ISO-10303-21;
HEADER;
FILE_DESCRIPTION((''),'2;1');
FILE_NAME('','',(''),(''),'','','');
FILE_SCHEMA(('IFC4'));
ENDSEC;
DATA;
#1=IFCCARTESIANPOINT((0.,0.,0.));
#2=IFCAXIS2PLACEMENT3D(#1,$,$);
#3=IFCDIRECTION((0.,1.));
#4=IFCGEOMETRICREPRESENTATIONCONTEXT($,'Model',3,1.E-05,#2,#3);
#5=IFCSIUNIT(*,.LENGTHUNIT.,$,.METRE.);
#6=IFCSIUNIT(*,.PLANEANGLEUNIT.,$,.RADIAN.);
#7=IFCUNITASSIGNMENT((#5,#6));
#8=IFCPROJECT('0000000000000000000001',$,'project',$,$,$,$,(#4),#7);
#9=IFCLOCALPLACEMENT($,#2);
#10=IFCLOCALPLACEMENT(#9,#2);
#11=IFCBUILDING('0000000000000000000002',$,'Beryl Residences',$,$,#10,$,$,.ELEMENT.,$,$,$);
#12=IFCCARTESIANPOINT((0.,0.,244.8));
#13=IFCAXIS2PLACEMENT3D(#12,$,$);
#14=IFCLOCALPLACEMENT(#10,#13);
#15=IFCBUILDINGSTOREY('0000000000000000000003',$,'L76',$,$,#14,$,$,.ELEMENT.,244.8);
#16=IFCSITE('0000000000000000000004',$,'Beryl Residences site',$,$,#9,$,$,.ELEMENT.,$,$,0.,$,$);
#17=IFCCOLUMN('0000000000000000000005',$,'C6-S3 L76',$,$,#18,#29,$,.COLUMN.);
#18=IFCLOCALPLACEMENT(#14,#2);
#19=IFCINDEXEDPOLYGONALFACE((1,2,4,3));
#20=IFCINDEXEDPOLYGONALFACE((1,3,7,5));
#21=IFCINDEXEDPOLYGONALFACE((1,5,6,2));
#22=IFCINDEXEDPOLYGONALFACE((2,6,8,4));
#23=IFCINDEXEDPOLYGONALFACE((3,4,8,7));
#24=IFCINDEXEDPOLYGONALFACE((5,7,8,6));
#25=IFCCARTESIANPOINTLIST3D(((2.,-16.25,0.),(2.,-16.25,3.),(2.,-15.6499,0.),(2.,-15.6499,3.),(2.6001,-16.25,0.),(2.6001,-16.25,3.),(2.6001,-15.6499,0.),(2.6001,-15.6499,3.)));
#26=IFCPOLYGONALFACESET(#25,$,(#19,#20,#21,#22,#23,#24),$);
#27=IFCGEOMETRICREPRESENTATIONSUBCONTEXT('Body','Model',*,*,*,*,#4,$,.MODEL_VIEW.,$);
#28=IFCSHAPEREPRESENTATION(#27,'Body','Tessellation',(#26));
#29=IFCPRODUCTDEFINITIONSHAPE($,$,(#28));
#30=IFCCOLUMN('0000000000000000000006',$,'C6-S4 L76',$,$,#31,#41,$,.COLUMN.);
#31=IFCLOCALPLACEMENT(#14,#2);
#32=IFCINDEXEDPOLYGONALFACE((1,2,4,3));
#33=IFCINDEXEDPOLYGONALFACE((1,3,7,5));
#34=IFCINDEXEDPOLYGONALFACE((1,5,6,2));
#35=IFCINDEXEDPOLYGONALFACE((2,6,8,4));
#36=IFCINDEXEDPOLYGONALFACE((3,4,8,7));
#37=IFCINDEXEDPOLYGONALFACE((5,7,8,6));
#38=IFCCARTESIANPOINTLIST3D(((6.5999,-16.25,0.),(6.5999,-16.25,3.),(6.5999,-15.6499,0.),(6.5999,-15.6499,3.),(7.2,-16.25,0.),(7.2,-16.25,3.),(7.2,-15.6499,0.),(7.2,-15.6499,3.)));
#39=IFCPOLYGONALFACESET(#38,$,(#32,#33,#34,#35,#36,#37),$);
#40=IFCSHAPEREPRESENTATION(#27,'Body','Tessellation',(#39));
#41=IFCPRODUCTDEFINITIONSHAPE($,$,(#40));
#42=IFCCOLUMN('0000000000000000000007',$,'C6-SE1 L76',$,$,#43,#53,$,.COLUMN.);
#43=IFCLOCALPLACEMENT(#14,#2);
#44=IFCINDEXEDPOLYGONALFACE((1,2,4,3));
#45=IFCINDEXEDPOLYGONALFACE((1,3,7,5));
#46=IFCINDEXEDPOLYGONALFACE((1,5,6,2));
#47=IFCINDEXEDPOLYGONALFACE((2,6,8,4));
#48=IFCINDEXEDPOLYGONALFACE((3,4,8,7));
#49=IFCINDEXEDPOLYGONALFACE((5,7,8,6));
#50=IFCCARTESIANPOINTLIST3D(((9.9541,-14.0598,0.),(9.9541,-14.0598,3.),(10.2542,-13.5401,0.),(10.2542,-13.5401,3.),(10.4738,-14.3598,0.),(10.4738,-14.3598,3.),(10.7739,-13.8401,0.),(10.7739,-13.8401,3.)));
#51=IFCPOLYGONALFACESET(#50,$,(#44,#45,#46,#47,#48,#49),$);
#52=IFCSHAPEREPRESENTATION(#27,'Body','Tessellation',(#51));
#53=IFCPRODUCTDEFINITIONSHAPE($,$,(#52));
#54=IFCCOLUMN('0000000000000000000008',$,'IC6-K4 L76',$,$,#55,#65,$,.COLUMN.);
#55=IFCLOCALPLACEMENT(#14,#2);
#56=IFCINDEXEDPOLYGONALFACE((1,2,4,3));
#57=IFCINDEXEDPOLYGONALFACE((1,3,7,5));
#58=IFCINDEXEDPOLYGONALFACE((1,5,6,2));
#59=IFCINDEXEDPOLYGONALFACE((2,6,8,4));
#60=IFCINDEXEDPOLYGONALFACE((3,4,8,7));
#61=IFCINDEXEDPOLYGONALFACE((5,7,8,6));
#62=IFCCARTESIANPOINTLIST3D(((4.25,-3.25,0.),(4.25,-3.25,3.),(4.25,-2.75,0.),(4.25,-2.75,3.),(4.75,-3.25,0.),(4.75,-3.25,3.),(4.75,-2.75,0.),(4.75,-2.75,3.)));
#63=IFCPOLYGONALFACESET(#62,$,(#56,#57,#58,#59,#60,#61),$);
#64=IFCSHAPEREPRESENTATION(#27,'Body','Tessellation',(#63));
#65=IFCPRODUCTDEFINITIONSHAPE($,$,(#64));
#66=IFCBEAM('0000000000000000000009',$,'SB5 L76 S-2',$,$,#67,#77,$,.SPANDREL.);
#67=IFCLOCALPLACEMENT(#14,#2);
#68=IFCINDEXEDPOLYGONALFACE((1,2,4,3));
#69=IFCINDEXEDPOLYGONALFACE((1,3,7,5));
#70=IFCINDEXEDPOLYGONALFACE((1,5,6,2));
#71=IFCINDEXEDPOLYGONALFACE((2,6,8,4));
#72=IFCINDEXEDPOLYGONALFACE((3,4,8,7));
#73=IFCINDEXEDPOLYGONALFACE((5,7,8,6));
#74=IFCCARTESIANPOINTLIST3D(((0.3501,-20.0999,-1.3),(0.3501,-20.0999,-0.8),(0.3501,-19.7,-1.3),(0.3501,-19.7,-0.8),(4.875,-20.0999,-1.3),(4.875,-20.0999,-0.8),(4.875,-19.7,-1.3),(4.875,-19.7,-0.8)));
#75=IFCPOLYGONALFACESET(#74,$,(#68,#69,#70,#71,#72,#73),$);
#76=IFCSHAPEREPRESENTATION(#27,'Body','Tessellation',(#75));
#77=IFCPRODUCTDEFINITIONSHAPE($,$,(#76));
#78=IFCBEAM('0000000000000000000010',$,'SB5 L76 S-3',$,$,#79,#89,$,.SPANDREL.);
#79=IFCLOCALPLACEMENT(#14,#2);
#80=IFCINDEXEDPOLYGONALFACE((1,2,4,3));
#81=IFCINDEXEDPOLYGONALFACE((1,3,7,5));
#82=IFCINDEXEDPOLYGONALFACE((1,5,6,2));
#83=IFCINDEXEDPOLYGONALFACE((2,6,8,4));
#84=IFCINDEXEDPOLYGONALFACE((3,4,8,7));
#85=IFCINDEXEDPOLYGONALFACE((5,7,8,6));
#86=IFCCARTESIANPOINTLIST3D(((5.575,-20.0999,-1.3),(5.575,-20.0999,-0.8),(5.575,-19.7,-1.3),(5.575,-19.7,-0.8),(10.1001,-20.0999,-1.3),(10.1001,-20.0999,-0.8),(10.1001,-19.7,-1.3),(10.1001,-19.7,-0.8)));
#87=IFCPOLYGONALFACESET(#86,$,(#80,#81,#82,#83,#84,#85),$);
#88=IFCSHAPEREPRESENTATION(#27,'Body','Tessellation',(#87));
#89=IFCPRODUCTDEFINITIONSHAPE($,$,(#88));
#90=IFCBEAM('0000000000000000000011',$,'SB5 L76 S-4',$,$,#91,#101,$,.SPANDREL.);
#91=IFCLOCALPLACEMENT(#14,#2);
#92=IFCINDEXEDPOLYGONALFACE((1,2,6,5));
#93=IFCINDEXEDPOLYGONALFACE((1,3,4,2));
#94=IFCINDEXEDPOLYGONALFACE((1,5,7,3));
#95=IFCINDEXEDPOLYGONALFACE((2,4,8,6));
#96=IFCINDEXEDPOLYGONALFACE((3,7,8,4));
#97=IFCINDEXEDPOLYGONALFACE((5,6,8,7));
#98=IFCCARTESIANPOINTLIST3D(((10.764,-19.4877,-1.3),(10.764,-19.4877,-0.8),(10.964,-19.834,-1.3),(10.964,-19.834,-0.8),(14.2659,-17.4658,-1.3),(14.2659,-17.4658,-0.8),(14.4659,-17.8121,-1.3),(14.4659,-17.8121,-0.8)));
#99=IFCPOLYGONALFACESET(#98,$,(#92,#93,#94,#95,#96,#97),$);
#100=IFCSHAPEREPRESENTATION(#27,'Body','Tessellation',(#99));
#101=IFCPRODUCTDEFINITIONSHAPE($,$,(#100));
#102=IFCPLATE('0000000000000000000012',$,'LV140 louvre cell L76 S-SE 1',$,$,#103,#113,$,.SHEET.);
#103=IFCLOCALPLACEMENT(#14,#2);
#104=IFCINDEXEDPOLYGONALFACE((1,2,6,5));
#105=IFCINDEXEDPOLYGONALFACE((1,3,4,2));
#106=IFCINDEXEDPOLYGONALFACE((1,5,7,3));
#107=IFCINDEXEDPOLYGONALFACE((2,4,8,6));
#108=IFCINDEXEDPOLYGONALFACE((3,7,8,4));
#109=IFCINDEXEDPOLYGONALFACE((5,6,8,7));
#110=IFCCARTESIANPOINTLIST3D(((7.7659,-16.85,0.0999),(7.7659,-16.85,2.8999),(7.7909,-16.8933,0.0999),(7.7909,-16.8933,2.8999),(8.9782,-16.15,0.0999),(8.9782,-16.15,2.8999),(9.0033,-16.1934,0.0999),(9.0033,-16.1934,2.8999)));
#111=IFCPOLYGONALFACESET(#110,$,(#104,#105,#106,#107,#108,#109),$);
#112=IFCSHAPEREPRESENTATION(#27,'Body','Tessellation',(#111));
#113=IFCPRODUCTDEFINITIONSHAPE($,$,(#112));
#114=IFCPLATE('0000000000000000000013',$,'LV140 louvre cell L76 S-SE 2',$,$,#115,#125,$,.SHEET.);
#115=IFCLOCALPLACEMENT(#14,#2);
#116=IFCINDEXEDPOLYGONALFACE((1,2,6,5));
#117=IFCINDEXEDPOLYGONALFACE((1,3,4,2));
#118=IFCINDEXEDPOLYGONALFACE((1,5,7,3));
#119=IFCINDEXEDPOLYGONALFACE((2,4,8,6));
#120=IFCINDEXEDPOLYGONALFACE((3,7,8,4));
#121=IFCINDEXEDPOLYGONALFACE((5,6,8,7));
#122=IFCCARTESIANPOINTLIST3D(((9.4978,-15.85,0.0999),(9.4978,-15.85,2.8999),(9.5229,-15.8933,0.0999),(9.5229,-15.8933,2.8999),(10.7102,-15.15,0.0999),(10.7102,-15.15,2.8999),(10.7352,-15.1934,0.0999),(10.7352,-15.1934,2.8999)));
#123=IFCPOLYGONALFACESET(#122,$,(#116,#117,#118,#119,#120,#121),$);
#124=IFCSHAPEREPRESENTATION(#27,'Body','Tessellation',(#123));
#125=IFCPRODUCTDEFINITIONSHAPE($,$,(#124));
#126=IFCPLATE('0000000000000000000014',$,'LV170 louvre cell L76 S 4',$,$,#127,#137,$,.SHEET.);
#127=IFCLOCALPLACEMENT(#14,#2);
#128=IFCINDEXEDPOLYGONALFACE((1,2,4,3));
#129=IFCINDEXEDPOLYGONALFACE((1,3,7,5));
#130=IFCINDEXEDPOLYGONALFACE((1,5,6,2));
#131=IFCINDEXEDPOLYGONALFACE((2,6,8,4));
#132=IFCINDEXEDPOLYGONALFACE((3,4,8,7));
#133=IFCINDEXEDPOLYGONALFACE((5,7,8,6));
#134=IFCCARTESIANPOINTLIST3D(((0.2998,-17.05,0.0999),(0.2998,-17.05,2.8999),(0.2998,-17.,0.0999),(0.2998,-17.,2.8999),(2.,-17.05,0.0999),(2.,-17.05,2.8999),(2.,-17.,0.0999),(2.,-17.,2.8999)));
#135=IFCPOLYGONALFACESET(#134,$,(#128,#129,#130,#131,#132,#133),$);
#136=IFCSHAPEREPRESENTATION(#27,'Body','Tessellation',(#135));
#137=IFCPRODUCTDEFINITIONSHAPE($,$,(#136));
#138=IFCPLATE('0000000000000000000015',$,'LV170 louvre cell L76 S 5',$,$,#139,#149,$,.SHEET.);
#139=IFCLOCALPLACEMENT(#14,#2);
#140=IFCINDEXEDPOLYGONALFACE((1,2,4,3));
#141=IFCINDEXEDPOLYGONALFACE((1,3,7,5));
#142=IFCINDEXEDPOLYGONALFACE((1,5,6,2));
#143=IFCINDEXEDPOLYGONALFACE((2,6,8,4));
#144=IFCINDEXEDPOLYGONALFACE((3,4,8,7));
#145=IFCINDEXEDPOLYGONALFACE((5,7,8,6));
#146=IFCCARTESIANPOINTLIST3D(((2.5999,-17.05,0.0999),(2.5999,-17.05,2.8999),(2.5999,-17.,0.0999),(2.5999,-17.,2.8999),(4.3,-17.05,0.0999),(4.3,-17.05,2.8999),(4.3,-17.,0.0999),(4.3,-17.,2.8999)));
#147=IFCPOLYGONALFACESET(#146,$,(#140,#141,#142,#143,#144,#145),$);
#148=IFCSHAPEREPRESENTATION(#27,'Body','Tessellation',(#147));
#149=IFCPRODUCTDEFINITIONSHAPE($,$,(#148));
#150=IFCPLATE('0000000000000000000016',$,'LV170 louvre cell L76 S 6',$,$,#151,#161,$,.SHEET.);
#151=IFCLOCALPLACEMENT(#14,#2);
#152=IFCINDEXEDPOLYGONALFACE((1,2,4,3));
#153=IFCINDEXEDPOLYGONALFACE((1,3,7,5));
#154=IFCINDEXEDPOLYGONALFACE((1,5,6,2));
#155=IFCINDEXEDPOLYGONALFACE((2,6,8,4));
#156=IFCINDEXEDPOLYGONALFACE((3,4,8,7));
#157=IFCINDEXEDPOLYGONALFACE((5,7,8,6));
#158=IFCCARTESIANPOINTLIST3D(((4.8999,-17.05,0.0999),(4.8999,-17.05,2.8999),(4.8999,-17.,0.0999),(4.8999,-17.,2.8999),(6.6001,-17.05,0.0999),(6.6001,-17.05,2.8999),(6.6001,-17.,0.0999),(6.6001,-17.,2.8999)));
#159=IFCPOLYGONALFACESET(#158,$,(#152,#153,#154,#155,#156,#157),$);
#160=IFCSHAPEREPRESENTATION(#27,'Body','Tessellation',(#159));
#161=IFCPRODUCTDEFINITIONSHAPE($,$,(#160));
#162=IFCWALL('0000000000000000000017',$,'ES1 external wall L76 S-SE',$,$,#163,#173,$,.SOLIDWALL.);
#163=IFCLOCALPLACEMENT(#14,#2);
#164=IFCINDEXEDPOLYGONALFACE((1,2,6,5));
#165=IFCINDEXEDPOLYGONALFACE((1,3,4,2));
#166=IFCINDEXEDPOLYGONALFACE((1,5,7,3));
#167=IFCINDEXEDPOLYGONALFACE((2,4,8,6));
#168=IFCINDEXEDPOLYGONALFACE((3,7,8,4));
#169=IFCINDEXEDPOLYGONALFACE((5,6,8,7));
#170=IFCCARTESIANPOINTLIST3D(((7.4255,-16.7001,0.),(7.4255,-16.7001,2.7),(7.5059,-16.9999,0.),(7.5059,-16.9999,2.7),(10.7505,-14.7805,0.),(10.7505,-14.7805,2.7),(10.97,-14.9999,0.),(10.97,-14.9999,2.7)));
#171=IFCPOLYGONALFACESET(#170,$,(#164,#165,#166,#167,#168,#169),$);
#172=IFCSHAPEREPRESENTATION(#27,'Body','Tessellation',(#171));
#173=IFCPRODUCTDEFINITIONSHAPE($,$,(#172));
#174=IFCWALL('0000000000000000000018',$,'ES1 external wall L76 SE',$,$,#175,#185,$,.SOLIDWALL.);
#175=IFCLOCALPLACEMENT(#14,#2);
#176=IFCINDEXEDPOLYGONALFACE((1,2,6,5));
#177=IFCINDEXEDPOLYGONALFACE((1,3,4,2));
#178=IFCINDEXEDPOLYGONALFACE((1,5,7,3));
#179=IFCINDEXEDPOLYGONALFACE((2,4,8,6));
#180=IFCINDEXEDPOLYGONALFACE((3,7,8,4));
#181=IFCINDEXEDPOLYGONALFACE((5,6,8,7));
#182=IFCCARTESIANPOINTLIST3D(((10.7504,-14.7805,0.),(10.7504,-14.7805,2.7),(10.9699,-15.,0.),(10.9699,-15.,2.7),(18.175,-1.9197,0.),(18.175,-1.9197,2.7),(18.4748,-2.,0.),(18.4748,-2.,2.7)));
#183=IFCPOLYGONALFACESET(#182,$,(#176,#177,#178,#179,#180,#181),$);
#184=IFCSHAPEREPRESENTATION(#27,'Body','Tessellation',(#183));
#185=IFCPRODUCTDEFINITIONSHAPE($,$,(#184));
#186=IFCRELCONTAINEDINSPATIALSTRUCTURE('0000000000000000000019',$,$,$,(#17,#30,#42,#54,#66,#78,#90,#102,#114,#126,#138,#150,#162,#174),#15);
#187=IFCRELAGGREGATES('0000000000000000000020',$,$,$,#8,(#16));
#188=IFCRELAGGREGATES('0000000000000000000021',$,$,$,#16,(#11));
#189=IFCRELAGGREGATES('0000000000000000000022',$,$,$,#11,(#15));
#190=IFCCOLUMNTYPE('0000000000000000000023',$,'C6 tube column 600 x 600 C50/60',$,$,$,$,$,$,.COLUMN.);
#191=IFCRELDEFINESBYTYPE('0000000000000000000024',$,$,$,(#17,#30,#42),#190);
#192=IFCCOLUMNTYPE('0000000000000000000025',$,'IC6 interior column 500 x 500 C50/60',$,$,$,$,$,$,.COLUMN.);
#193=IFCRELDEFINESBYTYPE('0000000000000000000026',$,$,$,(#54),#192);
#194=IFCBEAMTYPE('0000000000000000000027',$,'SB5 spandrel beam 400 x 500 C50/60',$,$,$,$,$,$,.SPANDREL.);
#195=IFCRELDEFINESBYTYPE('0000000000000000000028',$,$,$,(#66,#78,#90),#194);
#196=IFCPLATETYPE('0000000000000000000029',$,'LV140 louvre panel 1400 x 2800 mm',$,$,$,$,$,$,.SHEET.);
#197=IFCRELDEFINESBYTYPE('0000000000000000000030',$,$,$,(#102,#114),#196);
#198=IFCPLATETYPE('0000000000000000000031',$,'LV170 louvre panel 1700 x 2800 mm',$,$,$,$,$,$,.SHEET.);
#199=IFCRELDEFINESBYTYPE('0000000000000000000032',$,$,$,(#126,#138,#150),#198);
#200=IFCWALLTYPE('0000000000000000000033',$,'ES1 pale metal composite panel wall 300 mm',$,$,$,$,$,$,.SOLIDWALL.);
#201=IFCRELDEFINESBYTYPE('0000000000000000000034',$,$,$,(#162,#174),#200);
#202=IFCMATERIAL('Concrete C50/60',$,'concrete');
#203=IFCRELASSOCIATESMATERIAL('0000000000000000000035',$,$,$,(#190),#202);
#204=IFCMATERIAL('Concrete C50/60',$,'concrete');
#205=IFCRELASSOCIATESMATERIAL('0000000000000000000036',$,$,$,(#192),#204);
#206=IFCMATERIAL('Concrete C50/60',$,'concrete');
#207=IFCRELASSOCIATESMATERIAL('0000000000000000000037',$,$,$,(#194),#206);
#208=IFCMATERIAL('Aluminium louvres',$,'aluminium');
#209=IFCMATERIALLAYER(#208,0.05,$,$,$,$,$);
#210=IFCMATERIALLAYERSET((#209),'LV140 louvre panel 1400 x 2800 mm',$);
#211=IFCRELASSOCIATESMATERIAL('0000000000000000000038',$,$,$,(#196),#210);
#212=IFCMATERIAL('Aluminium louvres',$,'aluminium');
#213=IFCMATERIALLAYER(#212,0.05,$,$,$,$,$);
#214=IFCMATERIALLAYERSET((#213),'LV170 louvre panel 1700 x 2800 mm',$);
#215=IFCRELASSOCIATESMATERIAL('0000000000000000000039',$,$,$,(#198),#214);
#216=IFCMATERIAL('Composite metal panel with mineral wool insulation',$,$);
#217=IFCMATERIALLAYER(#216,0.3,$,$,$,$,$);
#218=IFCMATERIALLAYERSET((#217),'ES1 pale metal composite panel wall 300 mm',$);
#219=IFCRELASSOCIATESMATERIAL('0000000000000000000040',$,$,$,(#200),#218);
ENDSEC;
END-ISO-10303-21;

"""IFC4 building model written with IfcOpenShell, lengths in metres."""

from ifc_helpers import new_model, si_unit, direction, frame, origin, origin_2d, place, context, subcontext, project, spatial, polyline, rectangle, outline, extrude, source, transform, mapped, material, layer, layer_set, material_profile, profile_set, type_object, type_shapes, element, save


model = new_model("IFC4")

# Units and contexts
model_context = context("Model", 3, precision=1e-05, world=origin(), true_north=direction((0.0, 1.0)))
body_context = subcontext(model_context, "Body", "Model", "MODEL_VIEW")
ifc_project = project(units=[si_unit("LENGTHUNIT", "METRE"), si_unit("PLANEANGLEUNIT", "RADIAN")], contexts=[model_context])

# Site, building, storey
site_placement = place(None, origin())
site = spatial("IfcSite", under=ifc_project, at=site_placement, Name="Beryl Residences site", CompositionType="ELEMENT", RefElevation=0.0)
building_placement = place(site_placement, origin())
building = spatial("IfcBuilding", under=site, at=building_placement, Name="Beryl Residences", CompositionType="ELEMENT")
storey_placement = place(building_placement, frame((0.0, 0.0, 244.8)))
storey = spatial("IfcBuildingStorey", under=building, at=storey_placement, Name="L76", CompositionType="ELEMENT", Elevation=244.8)

# Columns
ifc_material_1 = material(Name="Concrete C50/60", Category="concrete")
ifc_material_profile_1 = material_profile(ifc_material_1, rectangle(XDim=0.6001, YDim=0.6001, at=origin_2d()))
ifc_profile_set_1 = profile_set([ifc_material_profile_1], Name="Concrete C50/60")
column_type_1 = type_object("IfcColumnType", Name="C6 tube column 600 x 600 C50/60", PredefinedType="COLUMN", material=ifc_profile_set_1)
for number, where, z_axis, x_axis, name in (
    (1, (2.3, -15.95, 0.0), (0.0, 0.0, 1.0), (1.0, 0.0, 0.0), "C6-S3 L76"),
    (2, (6.8999, -15.95, 0.0), (0.0, 0.0, 1.0), (1.0, 0.0, 0.0), "C6-S4 L76"),
    (3, (10.364, -13.95, 0.0), (0.0, 0.0, 1.0), (0.5, 0.866025, 0.0), "C6-SE1 L76"),
):
    element("IfcColumn", number, at=place(storey_placement, frame(where, z_axis=z_axis, x_axis=x_axis)), inside=storey, type_object=column_type_1, Name=name, PredefinedType="COLUMN", context=body_context, shape_type="SweptSolid", body=[
        extrude(rectangle(XDim=0.6001, YDim=0.6001, at=origin_2d()), origin(), (0.0, 0.0, 1.0), 3.0),
    ])
ifc_material_2 = material(Name="Concrete C50/60", Category="concrete")
ifc_material_profile_2 = material_profile(ifc_material_2, rectangle(XDim=0.5, YDim=0.5, at=origin_2d()))
ifc_profile_set_2 = profile_set([ifc_material_profile_2], Name="Concrete C50/60")
column_type_2 = type_object("IfcColumnType", Name="IC6 interior column 500 x 500 C50/60", PredefinedType="COLUMN", material=ifc_profile_set_2)
column_placement = place(storey_placement, frame((4.5, -3.0, 0.0), z_axis=(0.0, 0.0, 1.0), x_axis=(1.0, 0.0, 0.0)))
element("IfcColumn", 4, at=column_placement, inside=storey, type_object=column_type_2, Name="IC6-K4 L76", PredefinedType="COLUMN", context=body_context, shape_type="SweptSolid", body=[
    extrude(rectangle(XDim=0.5, YDim=0.5, at=origin_2d()), origin(), (0.0, 0.0, 1.0), 3.0),
])

# Beams
ifc_material_3 = material(Name="Concrete C50/60", Category="concrete")
ifc_material_profile_3 = material_profile(ifc_material_3, rectangle(XDim=0.3999, YDim=0.5, at=origin_2d()))
ifc_profile_set_3 = profile_set([ifc_material_profile_3], Name="Concrete C50/60")
beam_type = type_object("IfcBeamType", Name="SB5 spandrel beam 400 x 500 C50/60", PredefinedType="SPANDREL", material=ifc_profile_set_3)
beam_1_placement = place(storey_placement, frame((0.3501, -19.8999, -1.05), z_axis=(1.0, 0.0, 0.0), x_axis=(0.0, 1.0, 0.0)))
element("IfcBeam", 5, at=beam_1_placement, inside=storey, type_object=beam_type, Name="SB5 L76 S-2", PredefinedType="SPANDREL", context=body_context, shape_type="SweptSolid", body=[
    extrude(rectangle(XDim=0.3999, YDim=0.5, at=origin_2d()), origin(), (0.0, 0.0, 1.0), 4.5249),
])
beam_2_placement = place(storey_placement, frame((5.575, -19.8999, -1.05), z_axis=(1.0, 0.0, 0.0), x_axis=(0.0, 1.0, 0.0)))
element("IfcBeam", 6, at=beam_2_placement, inside=storey, type_object=beam_type, Name="SB5 L76 S-3", PredefinedType="SPANDREL", context=body_context, shape_type="SweptSolid", body=[
    extrude(rectangle(XDim=0.3999, YDim=0.5, at=origin_2d()), origin(), (0.0, 0.0, 1.0), 4.5251),
])
beam_3_placement = place(storey_placement, frame((10.864, -19.6609, -1.05), z_axis=(0.866013, 0.500022, 0.0), x_axis=(-0.500022, 0.866013, 0.0)))
element("IfcBeam", 7, at=beam_3_placement, inside=storey, type_object=beam_type, Name="SB5 L76 S-4", PredefinedType="SPANDREL", context=body_context, shape_type="SweptSolid", body=[
    extrude(rectangle(XDim=0.3999, YDim=0.5, at=origin_2d()), origin(), (0.0, 0.0, 1.0), 4.0437),
])

# Plates
ifc_material_4 = material(Name="Aluminium louvres", Category="aluminium")
ifc_layer_1 = layer(ifc_material_4, 0.05)
ifc_layer_set_1 = layer_set([ifc_layer_1], Name="LV140 louvre panel 1400 x 2800 mm")
plate_type_1 = type_object("IfcPlateType", Name="LV140 louvre panel 1400 x 2800 mm", PredefinedType="SHEET", material=ifc_layer_set_1)
shared_shape_1 = source(origin(), body_context, "Body", "SweptSolid", [
    extrude(outline(polyline([(-0.7, 0.0), (0.7, 0.0), (0.7, 0.05), (-0.7, 0.05), (-0.7, 0.0)])), origin(), (0.0, 0.0, 1.0), 2.8),
])
type_shapes(plate_type_1, [shared_shape_1])
for number, where, z_axis, x_axis, name in (
    (8, (8.3721, -16.5, 0.0999), (0.0, 0.0, 1.0), (-0.866025, -0.5, 0.0), "LV140 louvre cell L76 S-SE 1"),
    (9, (10.104, -15.5, 0.0999), (0.0, 0.0, 1.0), (-0.866025, -0.5, 0.0), "LV140 louvre cell L76 S-SE 2"),
):
    element("IfcPlate", number, at=place(storey_placement, frame(where, z_axis=z_axis, x_axis=x_axis)), inside=storey, type_object=plate_type_1, Name=name, PredefinedType="SHEET", context=body_context, shape_type="MappedRepresentation", body=[
        mapped(shared_shape_1, transform((0.0, 0.0, 0.0))),
    ])
ifc_material_5 = material(Name="Aluminium louvres", Category="aluminium")
ifc_layer_2 = layer(ifc_material_5, 0.05)
ifc_layer_set_2 = layer_set([ifc_layer_2], Name="LV170 louvre panel 1700 x 2800 mm")
plate_type_2 = type_object("IfcPlateType", Name="LV170 louvre panel 1700 x 2800 mm", PredefinedType="SHEET", material=ifc_layer_set_2)
shared_shape_2 = source(origin(), body_context, "Body", "SweptSolid", [
    extrude(outline(polyline([(-0.8501, 0.0), (0.8501, 0.0), (0.8501, 0.05), (-0.8501, 0.05), (-0.8501, 0.0)])), origin(), (0.0, 0.0, 1.0), 2.8),
])
type_shapes(plate_type_2, [shared_shape_2])
for number, where, z_axis, x_axis, name in (
    (10, (1.1499, -17.0, 0.0999), (0.0, 0.0, 1.0), (-1.0, 0.0, 0.0), "LV170 louvre cell L76 S 4"),
    (11, (3.45, -17.0, 0.0999), (0.0, 0.0, 1.0), (-1.0, 0.0, 0.0), "LV170 louvre cell L76 S 5"),
    (12, (5.75, -17.0, 0.0999), (0.0, 0.0, 1.0), (-1.0, 0.0, 0.0), "LV170 louvre cell L76 S 6"),
):
    element("IfcPlate", number, at=place(storey_placement, frame(where, z_axis=z_axis, x_axis=x_axis)), inside=storey, type_object=plate_type_2, Name=name, PredefinedType="SHEET", context=body_context, shape_type="MappedRepresentation", body=[
        mapped(shared_shape_2, transform((0.0, 0.0, 0.0))),
    ])

# Walls
ifc_material_6 = material(Name="Composite metal panel with mineral wool insulation")
ifc_layer_3 = layer(ifc_material_6, 0.3)
ifc_layer_set_3 = layer_set([ifc_layer_3], Name="ES1 pale metal composite panel wall 300 mm")
wall_type_1 = type_object("IfcWallType", Name="ES1 pale metal composite panel wall 300 mm", PredefinedType="SOLIDWALL", material=ifc_layer_set_3)
wall_1_placement = place(storey_placement, frame((7.4309, -16.8701, 0.0), z_axis=(0.0, 0.0, 1.0), x_axis=(0.866026, 0.499999, 0.0)))
element("IfcWall", 13, at=wall_1_placement, inside=storey, type_object=wall_type_1, Name="ES1 external wall L76 S-SE", PredefinedType="SOLIDWALL", context=body_context, shape_type="SweptSolid", body=[
    extrude(outline(polyline([(0.0, -0.1499), (4.0, -0.1499), (3.9197, 0.1499), (0.0803, 0.1499), (0.0, -0.1499)])), origin(), (0.0, 0.0, 1.0), 2.7),
])
wall_2_placement = place(storey_placement, frame((10.8401, -14.925, 0.0), z_axis=(0.0, 0.0, 1.0), x_axis=(0.499966, 0.866045, 0.0)))
element("IfcWall", 14, at=wall_2_placement, inside=storey, type_object=wall_type_1, Name="ES1 external wall L76 SE", PredefinedType="SOLIDWALL", context=body_context, shape_type="SweptSolid", body=[
    extrude(outline(polyline([(0.0, -0.1499), (15.0107, -0.1499), (14.9304, 0.1499), (0.0803, 0.1499), (0.0, -0.1499)])), origin(), (0.0, 0.0, 1.0), 2.7),
])

save(model, "model.ifc")
